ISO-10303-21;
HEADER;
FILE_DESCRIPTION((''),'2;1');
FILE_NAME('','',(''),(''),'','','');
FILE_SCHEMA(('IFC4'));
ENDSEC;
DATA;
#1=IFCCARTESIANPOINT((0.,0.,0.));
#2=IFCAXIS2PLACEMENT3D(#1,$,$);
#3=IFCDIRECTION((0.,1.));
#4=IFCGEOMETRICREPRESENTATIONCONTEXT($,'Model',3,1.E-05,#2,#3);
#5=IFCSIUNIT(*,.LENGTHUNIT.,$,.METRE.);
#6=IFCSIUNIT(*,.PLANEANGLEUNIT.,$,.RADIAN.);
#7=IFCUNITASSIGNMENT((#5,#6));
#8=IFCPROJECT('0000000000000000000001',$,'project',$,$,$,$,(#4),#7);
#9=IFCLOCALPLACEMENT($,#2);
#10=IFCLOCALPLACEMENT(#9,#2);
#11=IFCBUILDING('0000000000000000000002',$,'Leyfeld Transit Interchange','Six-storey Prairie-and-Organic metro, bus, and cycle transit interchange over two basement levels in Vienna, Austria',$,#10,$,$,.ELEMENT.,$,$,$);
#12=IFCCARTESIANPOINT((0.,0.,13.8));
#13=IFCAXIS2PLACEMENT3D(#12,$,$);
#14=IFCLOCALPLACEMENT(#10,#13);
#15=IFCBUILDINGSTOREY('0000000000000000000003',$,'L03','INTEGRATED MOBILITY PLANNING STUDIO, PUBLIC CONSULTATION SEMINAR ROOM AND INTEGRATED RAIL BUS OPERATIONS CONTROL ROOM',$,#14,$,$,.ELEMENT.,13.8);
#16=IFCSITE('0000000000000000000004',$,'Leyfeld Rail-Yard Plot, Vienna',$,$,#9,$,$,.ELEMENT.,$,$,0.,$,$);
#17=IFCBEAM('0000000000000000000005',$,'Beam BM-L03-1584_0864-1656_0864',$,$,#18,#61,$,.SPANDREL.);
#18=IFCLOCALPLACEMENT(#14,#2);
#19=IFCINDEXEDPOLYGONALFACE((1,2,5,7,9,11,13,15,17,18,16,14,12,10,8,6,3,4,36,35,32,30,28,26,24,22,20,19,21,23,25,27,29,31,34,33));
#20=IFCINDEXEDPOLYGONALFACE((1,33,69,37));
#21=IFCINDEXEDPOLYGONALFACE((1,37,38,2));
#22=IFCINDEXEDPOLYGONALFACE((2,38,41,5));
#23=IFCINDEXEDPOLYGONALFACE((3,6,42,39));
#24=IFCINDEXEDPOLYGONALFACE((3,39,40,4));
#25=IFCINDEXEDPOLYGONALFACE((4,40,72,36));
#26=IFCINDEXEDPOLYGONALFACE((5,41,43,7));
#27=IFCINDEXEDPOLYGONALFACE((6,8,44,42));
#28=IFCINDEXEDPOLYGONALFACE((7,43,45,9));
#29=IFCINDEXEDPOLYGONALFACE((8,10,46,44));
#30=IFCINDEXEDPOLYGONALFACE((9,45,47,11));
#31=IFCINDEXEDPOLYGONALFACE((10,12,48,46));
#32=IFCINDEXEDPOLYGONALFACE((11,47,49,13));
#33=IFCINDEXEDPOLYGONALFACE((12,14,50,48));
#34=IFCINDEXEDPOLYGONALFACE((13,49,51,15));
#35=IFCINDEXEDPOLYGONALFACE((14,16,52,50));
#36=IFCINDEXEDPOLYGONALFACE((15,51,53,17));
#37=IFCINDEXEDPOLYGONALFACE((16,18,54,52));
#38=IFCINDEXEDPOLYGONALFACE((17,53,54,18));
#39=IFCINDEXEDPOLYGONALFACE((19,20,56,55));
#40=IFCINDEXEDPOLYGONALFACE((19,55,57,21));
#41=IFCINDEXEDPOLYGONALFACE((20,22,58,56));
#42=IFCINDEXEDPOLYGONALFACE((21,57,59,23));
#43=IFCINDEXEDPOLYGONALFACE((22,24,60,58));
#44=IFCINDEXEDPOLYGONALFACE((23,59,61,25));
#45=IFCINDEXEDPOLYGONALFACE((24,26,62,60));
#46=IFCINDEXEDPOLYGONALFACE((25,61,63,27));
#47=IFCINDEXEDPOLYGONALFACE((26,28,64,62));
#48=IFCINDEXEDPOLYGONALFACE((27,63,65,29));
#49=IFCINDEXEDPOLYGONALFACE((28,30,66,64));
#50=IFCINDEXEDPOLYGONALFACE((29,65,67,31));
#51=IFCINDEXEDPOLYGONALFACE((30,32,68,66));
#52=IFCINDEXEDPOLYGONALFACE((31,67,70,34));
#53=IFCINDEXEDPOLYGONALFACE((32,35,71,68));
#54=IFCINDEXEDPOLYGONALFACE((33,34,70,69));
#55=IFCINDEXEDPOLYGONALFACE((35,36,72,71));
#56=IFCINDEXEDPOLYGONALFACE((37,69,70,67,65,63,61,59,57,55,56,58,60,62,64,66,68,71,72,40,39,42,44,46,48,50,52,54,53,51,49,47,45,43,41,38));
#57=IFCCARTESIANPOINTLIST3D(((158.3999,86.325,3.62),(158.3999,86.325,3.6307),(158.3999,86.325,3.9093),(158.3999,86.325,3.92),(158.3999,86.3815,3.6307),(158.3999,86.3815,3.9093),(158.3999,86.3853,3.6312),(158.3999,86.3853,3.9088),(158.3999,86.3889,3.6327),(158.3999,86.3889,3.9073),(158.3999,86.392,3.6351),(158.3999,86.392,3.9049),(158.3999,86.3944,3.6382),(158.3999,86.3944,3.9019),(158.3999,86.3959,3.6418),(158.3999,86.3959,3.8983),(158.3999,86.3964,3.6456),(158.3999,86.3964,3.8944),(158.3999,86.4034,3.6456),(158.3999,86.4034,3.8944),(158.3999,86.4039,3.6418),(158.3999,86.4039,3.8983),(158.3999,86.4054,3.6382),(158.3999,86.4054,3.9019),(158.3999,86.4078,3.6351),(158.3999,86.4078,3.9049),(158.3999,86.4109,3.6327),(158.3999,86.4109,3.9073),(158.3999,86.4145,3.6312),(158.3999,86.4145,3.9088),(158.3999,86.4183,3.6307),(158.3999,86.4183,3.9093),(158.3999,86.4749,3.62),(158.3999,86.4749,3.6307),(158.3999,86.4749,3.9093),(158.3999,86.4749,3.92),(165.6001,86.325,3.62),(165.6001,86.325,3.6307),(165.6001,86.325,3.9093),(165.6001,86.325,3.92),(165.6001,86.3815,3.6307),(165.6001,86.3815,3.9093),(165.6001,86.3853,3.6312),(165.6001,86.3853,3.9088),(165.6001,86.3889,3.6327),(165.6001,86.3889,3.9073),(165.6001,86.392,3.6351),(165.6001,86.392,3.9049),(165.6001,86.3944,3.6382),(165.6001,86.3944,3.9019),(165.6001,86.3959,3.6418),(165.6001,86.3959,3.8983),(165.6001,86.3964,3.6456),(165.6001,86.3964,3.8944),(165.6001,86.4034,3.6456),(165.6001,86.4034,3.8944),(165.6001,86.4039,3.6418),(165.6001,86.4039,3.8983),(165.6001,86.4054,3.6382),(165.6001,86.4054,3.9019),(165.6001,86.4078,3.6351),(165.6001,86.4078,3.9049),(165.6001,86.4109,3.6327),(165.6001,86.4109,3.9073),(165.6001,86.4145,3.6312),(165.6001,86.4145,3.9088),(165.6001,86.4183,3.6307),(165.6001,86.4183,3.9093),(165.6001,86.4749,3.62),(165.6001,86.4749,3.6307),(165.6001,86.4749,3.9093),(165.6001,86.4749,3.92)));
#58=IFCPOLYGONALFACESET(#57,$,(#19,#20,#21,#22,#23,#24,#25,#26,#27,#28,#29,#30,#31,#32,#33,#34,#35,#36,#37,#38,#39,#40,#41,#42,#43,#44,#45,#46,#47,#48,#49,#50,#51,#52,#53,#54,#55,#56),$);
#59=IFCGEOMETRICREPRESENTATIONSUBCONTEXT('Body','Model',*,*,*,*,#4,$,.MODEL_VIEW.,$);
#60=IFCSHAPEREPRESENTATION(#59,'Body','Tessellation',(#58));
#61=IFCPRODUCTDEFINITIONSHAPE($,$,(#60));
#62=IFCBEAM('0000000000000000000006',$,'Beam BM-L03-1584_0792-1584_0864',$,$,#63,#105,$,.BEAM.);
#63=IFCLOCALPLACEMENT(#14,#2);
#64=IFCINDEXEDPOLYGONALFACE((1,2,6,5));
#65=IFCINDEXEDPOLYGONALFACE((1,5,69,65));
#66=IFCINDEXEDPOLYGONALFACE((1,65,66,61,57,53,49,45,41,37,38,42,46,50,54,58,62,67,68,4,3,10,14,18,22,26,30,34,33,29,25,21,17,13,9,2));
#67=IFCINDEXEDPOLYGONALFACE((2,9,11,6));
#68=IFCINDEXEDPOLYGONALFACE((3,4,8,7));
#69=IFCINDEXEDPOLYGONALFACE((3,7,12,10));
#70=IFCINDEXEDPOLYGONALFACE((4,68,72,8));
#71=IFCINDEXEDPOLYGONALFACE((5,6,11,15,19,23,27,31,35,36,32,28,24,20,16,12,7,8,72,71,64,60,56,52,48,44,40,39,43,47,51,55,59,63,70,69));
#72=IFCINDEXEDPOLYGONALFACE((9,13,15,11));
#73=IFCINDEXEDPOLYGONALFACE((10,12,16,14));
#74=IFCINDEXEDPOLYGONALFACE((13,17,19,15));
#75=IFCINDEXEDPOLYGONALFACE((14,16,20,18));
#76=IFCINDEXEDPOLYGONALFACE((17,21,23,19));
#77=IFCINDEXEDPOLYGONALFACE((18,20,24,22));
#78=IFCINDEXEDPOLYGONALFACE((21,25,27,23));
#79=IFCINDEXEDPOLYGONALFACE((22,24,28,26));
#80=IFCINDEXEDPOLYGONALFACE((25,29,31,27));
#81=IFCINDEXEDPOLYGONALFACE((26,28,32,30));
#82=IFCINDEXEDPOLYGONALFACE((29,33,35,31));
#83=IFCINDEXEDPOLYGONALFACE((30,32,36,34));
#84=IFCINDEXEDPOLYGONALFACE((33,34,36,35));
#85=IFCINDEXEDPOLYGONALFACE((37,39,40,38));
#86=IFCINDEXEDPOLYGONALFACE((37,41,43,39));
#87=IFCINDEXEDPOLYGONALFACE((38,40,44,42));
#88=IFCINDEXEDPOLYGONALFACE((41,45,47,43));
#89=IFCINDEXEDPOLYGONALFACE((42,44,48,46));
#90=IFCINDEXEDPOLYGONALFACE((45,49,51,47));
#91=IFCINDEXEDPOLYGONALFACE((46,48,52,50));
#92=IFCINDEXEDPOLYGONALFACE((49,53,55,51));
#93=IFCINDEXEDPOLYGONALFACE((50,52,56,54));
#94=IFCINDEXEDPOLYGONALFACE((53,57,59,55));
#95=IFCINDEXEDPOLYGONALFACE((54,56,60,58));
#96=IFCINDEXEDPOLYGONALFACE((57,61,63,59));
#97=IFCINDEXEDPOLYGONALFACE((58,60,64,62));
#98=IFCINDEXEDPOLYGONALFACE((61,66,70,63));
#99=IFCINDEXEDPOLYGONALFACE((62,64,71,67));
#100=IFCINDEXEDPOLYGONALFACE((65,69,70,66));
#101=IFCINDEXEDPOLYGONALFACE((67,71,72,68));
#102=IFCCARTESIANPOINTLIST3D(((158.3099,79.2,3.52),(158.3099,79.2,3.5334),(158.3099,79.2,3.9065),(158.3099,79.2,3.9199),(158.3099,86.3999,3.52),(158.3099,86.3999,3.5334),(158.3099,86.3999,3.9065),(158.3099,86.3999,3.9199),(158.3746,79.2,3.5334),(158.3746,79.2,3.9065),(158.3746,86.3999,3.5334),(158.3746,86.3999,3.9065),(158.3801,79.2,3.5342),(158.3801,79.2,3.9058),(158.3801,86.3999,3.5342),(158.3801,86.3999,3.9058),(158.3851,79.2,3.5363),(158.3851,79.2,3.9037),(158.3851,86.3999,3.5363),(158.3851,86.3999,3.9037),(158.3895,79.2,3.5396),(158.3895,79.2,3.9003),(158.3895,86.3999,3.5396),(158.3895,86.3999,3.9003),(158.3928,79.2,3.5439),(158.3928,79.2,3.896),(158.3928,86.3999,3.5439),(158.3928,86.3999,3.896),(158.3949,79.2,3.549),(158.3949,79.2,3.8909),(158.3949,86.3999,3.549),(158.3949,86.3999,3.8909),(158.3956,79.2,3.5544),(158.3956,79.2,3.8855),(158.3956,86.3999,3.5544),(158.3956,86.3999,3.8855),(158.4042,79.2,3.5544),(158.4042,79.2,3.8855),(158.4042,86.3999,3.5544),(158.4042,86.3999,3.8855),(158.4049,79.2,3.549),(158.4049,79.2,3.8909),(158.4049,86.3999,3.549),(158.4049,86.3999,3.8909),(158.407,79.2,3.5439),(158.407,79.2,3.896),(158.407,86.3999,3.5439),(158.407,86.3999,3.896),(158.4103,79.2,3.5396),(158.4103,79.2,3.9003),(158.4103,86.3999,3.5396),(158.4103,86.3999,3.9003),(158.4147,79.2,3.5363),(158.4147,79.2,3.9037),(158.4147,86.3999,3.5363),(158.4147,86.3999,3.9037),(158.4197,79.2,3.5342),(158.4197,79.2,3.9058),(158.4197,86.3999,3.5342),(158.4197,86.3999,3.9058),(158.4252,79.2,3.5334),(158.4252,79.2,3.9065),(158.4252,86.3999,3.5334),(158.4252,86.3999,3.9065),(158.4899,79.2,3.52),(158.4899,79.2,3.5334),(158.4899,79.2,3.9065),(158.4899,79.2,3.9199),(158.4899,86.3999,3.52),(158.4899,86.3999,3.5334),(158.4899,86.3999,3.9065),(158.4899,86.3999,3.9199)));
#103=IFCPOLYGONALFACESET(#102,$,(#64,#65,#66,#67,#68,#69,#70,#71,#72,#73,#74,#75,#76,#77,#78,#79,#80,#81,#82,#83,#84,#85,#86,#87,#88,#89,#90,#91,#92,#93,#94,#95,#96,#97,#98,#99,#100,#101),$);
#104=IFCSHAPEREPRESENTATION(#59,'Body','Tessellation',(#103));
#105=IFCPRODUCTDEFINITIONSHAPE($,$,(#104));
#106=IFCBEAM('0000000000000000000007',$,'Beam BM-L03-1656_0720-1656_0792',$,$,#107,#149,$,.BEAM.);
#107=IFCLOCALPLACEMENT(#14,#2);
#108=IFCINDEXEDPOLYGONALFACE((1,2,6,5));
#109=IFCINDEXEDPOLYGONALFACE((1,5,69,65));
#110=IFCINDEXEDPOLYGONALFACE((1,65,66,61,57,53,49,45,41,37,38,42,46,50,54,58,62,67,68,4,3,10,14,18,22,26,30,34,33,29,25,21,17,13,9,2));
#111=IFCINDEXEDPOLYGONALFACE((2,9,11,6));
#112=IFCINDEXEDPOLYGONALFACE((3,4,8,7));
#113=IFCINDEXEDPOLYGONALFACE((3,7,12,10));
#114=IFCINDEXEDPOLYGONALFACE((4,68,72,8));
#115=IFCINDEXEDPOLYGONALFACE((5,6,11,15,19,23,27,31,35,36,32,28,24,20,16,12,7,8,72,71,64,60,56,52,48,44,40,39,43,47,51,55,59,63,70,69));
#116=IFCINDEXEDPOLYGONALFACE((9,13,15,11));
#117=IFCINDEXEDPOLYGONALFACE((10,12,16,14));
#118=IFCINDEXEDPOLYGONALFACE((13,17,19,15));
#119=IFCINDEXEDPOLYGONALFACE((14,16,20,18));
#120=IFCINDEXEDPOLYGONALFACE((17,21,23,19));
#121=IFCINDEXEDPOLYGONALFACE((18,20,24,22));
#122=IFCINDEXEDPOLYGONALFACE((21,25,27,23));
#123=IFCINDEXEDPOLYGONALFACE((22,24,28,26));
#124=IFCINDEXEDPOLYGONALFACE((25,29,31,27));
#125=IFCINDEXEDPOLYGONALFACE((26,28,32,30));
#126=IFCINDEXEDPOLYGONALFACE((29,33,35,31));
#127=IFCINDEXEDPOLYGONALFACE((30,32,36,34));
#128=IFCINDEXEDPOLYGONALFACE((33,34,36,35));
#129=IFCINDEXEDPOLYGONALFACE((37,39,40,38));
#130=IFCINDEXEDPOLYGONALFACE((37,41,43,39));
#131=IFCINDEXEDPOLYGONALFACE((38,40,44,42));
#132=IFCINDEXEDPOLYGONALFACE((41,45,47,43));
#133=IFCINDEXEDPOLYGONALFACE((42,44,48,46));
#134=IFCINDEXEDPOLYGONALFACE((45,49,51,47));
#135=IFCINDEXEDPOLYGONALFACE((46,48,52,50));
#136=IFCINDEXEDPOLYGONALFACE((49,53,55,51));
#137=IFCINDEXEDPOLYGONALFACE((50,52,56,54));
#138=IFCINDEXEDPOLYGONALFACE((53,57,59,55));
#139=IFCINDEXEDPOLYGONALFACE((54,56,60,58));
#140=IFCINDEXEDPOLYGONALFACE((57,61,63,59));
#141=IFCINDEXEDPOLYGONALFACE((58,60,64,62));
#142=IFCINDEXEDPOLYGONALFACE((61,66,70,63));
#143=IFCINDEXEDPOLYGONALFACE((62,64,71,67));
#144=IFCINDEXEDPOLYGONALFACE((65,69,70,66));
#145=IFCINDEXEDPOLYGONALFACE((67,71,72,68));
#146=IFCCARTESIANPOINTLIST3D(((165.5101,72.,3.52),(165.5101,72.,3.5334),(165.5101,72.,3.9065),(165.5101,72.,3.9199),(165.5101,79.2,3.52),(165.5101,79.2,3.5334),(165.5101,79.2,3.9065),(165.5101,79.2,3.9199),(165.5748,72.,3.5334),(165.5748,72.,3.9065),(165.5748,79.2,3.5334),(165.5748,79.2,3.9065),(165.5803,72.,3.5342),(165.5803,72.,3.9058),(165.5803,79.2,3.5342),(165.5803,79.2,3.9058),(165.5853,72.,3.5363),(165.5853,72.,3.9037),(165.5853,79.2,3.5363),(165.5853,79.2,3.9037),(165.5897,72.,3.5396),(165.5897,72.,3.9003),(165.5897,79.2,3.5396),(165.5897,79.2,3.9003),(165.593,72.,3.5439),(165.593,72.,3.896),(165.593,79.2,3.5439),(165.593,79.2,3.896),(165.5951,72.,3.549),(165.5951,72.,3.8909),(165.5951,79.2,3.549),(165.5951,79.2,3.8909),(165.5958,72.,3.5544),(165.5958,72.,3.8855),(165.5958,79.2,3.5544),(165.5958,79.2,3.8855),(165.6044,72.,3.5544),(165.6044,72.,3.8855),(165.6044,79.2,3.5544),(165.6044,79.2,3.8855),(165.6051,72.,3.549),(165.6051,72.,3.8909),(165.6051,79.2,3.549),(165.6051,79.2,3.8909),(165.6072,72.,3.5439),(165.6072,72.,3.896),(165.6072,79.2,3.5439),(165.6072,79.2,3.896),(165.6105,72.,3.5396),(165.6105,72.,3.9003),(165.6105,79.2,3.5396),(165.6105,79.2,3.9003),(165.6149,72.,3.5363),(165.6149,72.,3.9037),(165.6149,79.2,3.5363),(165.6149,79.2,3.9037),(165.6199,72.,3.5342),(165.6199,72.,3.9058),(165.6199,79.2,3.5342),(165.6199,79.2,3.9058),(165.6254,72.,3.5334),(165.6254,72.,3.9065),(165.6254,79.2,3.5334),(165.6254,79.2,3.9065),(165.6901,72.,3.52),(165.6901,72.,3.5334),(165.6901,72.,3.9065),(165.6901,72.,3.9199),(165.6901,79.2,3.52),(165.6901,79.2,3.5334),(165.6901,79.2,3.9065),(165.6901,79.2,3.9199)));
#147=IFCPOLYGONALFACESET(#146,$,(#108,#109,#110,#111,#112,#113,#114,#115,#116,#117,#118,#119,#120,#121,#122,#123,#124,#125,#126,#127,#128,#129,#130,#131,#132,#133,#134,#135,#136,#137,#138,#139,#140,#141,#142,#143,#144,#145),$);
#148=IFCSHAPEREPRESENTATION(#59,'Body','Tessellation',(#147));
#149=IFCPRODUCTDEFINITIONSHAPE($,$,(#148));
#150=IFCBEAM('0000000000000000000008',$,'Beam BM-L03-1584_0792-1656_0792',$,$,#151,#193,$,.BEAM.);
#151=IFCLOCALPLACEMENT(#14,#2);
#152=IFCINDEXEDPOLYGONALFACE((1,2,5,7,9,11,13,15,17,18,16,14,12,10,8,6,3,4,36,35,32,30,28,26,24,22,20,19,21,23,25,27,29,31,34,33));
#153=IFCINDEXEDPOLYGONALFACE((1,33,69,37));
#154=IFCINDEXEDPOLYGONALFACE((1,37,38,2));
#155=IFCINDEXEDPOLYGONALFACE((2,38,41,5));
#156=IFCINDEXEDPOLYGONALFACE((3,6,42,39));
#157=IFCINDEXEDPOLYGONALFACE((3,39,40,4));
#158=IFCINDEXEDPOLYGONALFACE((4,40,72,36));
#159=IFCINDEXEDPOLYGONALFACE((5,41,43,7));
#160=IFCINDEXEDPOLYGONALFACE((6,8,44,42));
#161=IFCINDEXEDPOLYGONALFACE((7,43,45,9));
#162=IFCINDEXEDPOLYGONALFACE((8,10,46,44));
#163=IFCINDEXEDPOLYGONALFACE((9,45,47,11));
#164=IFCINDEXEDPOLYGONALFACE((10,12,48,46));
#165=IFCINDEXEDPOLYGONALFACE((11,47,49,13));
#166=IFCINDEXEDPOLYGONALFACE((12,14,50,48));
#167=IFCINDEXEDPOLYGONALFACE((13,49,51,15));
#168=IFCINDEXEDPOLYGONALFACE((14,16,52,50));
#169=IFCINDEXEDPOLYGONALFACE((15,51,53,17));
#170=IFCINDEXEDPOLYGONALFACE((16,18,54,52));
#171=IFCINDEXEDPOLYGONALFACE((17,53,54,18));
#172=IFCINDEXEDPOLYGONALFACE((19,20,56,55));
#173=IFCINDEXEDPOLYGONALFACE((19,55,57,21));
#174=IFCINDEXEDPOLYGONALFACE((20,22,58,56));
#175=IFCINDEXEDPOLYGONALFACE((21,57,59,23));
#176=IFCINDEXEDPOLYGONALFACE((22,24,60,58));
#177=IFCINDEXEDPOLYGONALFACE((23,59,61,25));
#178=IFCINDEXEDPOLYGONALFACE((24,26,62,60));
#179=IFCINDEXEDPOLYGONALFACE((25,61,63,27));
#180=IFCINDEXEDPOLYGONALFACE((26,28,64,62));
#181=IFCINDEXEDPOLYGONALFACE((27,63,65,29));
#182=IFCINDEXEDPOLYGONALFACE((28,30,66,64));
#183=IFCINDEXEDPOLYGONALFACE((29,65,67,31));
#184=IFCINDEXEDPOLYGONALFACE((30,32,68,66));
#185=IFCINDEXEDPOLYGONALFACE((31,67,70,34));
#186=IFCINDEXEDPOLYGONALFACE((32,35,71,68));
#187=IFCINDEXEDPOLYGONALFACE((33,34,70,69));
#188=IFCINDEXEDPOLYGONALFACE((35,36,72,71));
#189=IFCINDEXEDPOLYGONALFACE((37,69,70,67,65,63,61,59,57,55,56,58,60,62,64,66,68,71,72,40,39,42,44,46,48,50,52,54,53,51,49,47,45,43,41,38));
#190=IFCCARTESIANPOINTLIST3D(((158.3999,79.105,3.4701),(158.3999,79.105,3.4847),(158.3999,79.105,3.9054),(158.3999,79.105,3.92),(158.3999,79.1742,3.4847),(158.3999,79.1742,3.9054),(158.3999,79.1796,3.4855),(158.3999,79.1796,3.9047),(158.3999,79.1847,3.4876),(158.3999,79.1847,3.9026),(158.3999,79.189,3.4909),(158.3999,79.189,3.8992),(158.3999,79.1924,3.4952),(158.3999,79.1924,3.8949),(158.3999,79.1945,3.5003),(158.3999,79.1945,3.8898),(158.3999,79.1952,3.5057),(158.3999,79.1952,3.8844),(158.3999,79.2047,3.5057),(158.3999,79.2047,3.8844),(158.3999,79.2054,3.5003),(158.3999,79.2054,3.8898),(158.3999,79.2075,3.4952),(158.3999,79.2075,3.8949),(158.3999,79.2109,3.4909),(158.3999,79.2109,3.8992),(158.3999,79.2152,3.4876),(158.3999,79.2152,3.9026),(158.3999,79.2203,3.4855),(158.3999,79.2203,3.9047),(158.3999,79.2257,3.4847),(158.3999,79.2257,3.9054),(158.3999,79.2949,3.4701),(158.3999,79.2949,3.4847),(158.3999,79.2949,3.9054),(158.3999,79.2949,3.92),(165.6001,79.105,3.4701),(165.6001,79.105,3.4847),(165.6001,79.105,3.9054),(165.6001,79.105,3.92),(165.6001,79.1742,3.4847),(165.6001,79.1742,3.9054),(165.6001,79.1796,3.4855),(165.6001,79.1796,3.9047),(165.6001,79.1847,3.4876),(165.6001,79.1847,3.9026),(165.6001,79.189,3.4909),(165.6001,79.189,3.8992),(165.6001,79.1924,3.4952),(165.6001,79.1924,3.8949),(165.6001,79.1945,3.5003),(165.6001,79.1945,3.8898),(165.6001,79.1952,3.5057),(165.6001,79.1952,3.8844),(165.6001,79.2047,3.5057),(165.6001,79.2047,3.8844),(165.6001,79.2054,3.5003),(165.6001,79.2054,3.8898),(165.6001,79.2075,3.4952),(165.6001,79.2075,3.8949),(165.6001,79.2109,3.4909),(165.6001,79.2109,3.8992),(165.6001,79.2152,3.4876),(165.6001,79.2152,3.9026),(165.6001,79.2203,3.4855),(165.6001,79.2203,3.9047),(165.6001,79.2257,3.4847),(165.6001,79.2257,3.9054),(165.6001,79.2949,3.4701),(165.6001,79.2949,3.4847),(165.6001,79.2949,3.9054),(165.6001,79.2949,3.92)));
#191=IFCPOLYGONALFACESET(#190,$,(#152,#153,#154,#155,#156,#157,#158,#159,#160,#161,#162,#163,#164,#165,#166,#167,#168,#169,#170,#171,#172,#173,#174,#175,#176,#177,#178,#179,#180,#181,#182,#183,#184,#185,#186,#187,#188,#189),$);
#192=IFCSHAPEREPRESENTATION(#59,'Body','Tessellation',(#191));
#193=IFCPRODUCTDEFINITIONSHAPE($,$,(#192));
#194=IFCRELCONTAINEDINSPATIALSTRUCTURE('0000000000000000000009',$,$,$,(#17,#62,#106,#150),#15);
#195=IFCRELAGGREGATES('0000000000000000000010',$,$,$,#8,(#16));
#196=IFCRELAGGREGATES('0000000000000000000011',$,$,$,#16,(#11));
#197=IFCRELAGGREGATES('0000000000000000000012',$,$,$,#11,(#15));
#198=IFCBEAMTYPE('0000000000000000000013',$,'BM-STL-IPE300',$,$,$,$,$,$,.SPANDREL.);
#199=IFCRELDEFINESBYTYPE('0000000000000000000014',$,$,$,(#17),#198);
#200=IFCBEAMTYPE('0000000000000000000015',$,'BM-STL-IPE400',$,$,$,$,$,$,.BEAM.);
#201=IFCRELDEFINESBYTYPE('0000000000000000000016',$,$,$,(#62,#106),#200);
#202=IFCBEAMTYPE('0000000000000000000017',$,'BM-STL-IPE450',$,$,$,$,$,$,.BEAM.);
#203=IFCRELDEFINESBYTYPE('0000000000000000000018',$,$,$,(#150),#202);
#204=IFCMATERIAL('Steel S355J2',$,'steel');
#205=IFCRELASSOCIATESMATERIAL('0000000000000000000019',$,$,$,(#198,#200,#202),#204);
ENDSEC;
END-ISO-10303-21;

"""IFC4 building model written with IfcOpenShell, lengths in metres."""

from ifc_helpers import new_model, si_unit, direction, frame, origin, origin_2d, place, context, subcontext, project, spatial, i_section, extrude, material, material_profile, profile_set, type_object, element, save


model = new_model("IFC4")

# Units and contexts
model_context = context("Model", 3, precision=1e-05, world=origin(), true_north=direction((0.0, 1.0)))
body_context = subcontext(model_context, "Body", "Model", "MODEL_VIEW")
ifc_project = project(units=[si_unit("LENGTHUNIT", "METRE"), si_unit("PLANEANGLEUNIT", "RADIAN")], contexts=[model_context])

# Site, building, storey
site_placement = place(None, origin())
site = spatial("IfcSite", under=ifc_project, at=site_placement, Name="Leyfeld Rail-Yard Plot, Vienna", CompositionType="ELEMENT", RefElevation=0.0)
building_placement = place(site_placement, origin())
building = spatial("IfcBuilding", under=site, at=building_placement, Name="Leyfeld Transit Interchange", Description="Six-storey Prairie-and-Organic metro, bus, and cycle transit interchange over two basement levels in Vienna, Austria", CompositionType="ELEMENT")
storey_placement = place(building_placement, frame((0.0, 0.0, 13.8)))
storey = spatial("IfcBuildingStorey", under=building, at=storey_placement, Name="L03", Description="INTEGRATED MOBILITY PLANNING STUDIO, PUBLIC CONSULTATION SEMINAR ROOM AND INTEGRATED RAIL BUS OPERATIONS CONTROL ROOM", CompositionType="ELEMENT", Elevation=13.8)

# Shared definitions
ifc_material_1 = material(Name="Steel S355J2", Category="steel")

# Beams
ifc_material_profile_1 = material_profile(ifc_material_1, i_section(OverallWidth=0.1499, OverallDepth=0.3, WebThickness=0.0071, FlangeThickness=0.0107, FilletRadius=0.0149, at=origin_2d()), Name="IPE 300")
ifc_profile_set_1 = profile_set([ifc_material_profile_1], Name="Steel S355J2")
beam_type_1 = type_object("IfcBeamType", Name="BM-STL-IPE300", PredefinedType="SPANDREL", material=ifc_profile_set_1)
beam_1_placement = place(storey_placement, frame((158.3999, 86.3999, 3.77), z_axis=(1.0, 0.0, 0.0), x_axis=(0.0, 1.0, 0.0)))
element("IfcBeam", 1, at=beam_1_placement, inside=storey, type_object=beam_type_1, Name="Beam BM-L03-1584_0864-1656_0864", PredefinedType="SPANDREL", context=body_context, shape_type="SweptSolid", body=[
    extrude(i_section(OverallWidth=0.1499, OverallDepth=0.3, WebThickness=0.0071, FlangeThickness=0.0107, FilletRadius=0.0149, at=origin_2d()), origin(), (0.0, 0.0, 1.0), 7.2002),
])
ifc_material_profile_2 = material_profile(ifc_material_1, i_section(OverallWidth=0.1799, OverallDepth=0.3999, WebThickness=0.0085, FlangeThickness=0.0134, FilletRadius=0.021, at=origin_2d()), Name="IPE 400")
ifc_profile_set_2 = profile_set([ifc_material_profile_2], Name="Steel S355J2")
beam_type_2 = type_object("IfcBeamType", Name="BM-STL-IPE400", PredefinedType="BEAM", material=ifc_profile_set_2)
for number, where, z_axis, x_axis, name in (
    (2, (158.3999, 79.2, 3.72), (0.0, 1.0, 0.0), (-1.0, 0.0, 0.0), "Beam BM-L03-1584_0792-1584_0864"),
    (3, (165.6001, 72.0, 3.72), (0.0, 1.0, 0.0), (-1.0, 0.0, 0.0), "Beam BM-L03-1656_0720-1656_0792"),
):
    element("IfcBeam", number, at=place(storey_placement, frame(where, z_axis=z_axis, x_axis=x_axis)), inside=storey, type_object=beam_type_2, Name=name, PredefinedType="BEAM", context=body_context, shape_type="SweptSolid", body=[
        extrude(i_section(OverallWidth=0.1799, OverallDepth=0.3999, WebThickness=0.0085, FlangeThickness=0.0134, FilletRadius=0.021, at=origin_2d()), origin(), (0.0, 0.0, 1.0), 7.2),
    ])
ifc_material_profile_3 = material_profile(ifc_material_1, i_section(OverallWidth=0.1899, OverallDepth=0.45, WebThickness=0.0095, FlangeThickness=0.0146, FilletRadius=0.021, at=origin_2d()), Name="IPE 450")
ifc_profile_set_3 = profile_set([ifc_material_profile_3], Name="Steel S355J2")
beam_type_3 = type_object("IfcBeamType", Name="BM-STL-IPE450", PredefinedType="BEAM", material=ifc_profile_set_3)
beam_2_placement = place(storey_placement, frame((158.3999, 79.2, 3.6951), z_axis=(1.0, 0.0, 0.0), x_axis=(0.0, 1.0, 0.0)))
element("IfcBeam", 4, at=beam_2_placement, inside=storey, type_object=beam_type_3, Name="Beam BM-L03-1584_0792-1656_0792", PredefinedType="BEAM", context=body_context, shape_type="SweptSolid", body=[
    extrude(i_section(OverallWidth=0.1899, OverallDepth=0.45, WebThickness=0.0095, FlangeThickness=0.0146, FilletRadius=0.021, at=origin_2d()), origin(), (0.0, 0.0, 1.0), 7.2002),
])

save(model, "model.ifc")
